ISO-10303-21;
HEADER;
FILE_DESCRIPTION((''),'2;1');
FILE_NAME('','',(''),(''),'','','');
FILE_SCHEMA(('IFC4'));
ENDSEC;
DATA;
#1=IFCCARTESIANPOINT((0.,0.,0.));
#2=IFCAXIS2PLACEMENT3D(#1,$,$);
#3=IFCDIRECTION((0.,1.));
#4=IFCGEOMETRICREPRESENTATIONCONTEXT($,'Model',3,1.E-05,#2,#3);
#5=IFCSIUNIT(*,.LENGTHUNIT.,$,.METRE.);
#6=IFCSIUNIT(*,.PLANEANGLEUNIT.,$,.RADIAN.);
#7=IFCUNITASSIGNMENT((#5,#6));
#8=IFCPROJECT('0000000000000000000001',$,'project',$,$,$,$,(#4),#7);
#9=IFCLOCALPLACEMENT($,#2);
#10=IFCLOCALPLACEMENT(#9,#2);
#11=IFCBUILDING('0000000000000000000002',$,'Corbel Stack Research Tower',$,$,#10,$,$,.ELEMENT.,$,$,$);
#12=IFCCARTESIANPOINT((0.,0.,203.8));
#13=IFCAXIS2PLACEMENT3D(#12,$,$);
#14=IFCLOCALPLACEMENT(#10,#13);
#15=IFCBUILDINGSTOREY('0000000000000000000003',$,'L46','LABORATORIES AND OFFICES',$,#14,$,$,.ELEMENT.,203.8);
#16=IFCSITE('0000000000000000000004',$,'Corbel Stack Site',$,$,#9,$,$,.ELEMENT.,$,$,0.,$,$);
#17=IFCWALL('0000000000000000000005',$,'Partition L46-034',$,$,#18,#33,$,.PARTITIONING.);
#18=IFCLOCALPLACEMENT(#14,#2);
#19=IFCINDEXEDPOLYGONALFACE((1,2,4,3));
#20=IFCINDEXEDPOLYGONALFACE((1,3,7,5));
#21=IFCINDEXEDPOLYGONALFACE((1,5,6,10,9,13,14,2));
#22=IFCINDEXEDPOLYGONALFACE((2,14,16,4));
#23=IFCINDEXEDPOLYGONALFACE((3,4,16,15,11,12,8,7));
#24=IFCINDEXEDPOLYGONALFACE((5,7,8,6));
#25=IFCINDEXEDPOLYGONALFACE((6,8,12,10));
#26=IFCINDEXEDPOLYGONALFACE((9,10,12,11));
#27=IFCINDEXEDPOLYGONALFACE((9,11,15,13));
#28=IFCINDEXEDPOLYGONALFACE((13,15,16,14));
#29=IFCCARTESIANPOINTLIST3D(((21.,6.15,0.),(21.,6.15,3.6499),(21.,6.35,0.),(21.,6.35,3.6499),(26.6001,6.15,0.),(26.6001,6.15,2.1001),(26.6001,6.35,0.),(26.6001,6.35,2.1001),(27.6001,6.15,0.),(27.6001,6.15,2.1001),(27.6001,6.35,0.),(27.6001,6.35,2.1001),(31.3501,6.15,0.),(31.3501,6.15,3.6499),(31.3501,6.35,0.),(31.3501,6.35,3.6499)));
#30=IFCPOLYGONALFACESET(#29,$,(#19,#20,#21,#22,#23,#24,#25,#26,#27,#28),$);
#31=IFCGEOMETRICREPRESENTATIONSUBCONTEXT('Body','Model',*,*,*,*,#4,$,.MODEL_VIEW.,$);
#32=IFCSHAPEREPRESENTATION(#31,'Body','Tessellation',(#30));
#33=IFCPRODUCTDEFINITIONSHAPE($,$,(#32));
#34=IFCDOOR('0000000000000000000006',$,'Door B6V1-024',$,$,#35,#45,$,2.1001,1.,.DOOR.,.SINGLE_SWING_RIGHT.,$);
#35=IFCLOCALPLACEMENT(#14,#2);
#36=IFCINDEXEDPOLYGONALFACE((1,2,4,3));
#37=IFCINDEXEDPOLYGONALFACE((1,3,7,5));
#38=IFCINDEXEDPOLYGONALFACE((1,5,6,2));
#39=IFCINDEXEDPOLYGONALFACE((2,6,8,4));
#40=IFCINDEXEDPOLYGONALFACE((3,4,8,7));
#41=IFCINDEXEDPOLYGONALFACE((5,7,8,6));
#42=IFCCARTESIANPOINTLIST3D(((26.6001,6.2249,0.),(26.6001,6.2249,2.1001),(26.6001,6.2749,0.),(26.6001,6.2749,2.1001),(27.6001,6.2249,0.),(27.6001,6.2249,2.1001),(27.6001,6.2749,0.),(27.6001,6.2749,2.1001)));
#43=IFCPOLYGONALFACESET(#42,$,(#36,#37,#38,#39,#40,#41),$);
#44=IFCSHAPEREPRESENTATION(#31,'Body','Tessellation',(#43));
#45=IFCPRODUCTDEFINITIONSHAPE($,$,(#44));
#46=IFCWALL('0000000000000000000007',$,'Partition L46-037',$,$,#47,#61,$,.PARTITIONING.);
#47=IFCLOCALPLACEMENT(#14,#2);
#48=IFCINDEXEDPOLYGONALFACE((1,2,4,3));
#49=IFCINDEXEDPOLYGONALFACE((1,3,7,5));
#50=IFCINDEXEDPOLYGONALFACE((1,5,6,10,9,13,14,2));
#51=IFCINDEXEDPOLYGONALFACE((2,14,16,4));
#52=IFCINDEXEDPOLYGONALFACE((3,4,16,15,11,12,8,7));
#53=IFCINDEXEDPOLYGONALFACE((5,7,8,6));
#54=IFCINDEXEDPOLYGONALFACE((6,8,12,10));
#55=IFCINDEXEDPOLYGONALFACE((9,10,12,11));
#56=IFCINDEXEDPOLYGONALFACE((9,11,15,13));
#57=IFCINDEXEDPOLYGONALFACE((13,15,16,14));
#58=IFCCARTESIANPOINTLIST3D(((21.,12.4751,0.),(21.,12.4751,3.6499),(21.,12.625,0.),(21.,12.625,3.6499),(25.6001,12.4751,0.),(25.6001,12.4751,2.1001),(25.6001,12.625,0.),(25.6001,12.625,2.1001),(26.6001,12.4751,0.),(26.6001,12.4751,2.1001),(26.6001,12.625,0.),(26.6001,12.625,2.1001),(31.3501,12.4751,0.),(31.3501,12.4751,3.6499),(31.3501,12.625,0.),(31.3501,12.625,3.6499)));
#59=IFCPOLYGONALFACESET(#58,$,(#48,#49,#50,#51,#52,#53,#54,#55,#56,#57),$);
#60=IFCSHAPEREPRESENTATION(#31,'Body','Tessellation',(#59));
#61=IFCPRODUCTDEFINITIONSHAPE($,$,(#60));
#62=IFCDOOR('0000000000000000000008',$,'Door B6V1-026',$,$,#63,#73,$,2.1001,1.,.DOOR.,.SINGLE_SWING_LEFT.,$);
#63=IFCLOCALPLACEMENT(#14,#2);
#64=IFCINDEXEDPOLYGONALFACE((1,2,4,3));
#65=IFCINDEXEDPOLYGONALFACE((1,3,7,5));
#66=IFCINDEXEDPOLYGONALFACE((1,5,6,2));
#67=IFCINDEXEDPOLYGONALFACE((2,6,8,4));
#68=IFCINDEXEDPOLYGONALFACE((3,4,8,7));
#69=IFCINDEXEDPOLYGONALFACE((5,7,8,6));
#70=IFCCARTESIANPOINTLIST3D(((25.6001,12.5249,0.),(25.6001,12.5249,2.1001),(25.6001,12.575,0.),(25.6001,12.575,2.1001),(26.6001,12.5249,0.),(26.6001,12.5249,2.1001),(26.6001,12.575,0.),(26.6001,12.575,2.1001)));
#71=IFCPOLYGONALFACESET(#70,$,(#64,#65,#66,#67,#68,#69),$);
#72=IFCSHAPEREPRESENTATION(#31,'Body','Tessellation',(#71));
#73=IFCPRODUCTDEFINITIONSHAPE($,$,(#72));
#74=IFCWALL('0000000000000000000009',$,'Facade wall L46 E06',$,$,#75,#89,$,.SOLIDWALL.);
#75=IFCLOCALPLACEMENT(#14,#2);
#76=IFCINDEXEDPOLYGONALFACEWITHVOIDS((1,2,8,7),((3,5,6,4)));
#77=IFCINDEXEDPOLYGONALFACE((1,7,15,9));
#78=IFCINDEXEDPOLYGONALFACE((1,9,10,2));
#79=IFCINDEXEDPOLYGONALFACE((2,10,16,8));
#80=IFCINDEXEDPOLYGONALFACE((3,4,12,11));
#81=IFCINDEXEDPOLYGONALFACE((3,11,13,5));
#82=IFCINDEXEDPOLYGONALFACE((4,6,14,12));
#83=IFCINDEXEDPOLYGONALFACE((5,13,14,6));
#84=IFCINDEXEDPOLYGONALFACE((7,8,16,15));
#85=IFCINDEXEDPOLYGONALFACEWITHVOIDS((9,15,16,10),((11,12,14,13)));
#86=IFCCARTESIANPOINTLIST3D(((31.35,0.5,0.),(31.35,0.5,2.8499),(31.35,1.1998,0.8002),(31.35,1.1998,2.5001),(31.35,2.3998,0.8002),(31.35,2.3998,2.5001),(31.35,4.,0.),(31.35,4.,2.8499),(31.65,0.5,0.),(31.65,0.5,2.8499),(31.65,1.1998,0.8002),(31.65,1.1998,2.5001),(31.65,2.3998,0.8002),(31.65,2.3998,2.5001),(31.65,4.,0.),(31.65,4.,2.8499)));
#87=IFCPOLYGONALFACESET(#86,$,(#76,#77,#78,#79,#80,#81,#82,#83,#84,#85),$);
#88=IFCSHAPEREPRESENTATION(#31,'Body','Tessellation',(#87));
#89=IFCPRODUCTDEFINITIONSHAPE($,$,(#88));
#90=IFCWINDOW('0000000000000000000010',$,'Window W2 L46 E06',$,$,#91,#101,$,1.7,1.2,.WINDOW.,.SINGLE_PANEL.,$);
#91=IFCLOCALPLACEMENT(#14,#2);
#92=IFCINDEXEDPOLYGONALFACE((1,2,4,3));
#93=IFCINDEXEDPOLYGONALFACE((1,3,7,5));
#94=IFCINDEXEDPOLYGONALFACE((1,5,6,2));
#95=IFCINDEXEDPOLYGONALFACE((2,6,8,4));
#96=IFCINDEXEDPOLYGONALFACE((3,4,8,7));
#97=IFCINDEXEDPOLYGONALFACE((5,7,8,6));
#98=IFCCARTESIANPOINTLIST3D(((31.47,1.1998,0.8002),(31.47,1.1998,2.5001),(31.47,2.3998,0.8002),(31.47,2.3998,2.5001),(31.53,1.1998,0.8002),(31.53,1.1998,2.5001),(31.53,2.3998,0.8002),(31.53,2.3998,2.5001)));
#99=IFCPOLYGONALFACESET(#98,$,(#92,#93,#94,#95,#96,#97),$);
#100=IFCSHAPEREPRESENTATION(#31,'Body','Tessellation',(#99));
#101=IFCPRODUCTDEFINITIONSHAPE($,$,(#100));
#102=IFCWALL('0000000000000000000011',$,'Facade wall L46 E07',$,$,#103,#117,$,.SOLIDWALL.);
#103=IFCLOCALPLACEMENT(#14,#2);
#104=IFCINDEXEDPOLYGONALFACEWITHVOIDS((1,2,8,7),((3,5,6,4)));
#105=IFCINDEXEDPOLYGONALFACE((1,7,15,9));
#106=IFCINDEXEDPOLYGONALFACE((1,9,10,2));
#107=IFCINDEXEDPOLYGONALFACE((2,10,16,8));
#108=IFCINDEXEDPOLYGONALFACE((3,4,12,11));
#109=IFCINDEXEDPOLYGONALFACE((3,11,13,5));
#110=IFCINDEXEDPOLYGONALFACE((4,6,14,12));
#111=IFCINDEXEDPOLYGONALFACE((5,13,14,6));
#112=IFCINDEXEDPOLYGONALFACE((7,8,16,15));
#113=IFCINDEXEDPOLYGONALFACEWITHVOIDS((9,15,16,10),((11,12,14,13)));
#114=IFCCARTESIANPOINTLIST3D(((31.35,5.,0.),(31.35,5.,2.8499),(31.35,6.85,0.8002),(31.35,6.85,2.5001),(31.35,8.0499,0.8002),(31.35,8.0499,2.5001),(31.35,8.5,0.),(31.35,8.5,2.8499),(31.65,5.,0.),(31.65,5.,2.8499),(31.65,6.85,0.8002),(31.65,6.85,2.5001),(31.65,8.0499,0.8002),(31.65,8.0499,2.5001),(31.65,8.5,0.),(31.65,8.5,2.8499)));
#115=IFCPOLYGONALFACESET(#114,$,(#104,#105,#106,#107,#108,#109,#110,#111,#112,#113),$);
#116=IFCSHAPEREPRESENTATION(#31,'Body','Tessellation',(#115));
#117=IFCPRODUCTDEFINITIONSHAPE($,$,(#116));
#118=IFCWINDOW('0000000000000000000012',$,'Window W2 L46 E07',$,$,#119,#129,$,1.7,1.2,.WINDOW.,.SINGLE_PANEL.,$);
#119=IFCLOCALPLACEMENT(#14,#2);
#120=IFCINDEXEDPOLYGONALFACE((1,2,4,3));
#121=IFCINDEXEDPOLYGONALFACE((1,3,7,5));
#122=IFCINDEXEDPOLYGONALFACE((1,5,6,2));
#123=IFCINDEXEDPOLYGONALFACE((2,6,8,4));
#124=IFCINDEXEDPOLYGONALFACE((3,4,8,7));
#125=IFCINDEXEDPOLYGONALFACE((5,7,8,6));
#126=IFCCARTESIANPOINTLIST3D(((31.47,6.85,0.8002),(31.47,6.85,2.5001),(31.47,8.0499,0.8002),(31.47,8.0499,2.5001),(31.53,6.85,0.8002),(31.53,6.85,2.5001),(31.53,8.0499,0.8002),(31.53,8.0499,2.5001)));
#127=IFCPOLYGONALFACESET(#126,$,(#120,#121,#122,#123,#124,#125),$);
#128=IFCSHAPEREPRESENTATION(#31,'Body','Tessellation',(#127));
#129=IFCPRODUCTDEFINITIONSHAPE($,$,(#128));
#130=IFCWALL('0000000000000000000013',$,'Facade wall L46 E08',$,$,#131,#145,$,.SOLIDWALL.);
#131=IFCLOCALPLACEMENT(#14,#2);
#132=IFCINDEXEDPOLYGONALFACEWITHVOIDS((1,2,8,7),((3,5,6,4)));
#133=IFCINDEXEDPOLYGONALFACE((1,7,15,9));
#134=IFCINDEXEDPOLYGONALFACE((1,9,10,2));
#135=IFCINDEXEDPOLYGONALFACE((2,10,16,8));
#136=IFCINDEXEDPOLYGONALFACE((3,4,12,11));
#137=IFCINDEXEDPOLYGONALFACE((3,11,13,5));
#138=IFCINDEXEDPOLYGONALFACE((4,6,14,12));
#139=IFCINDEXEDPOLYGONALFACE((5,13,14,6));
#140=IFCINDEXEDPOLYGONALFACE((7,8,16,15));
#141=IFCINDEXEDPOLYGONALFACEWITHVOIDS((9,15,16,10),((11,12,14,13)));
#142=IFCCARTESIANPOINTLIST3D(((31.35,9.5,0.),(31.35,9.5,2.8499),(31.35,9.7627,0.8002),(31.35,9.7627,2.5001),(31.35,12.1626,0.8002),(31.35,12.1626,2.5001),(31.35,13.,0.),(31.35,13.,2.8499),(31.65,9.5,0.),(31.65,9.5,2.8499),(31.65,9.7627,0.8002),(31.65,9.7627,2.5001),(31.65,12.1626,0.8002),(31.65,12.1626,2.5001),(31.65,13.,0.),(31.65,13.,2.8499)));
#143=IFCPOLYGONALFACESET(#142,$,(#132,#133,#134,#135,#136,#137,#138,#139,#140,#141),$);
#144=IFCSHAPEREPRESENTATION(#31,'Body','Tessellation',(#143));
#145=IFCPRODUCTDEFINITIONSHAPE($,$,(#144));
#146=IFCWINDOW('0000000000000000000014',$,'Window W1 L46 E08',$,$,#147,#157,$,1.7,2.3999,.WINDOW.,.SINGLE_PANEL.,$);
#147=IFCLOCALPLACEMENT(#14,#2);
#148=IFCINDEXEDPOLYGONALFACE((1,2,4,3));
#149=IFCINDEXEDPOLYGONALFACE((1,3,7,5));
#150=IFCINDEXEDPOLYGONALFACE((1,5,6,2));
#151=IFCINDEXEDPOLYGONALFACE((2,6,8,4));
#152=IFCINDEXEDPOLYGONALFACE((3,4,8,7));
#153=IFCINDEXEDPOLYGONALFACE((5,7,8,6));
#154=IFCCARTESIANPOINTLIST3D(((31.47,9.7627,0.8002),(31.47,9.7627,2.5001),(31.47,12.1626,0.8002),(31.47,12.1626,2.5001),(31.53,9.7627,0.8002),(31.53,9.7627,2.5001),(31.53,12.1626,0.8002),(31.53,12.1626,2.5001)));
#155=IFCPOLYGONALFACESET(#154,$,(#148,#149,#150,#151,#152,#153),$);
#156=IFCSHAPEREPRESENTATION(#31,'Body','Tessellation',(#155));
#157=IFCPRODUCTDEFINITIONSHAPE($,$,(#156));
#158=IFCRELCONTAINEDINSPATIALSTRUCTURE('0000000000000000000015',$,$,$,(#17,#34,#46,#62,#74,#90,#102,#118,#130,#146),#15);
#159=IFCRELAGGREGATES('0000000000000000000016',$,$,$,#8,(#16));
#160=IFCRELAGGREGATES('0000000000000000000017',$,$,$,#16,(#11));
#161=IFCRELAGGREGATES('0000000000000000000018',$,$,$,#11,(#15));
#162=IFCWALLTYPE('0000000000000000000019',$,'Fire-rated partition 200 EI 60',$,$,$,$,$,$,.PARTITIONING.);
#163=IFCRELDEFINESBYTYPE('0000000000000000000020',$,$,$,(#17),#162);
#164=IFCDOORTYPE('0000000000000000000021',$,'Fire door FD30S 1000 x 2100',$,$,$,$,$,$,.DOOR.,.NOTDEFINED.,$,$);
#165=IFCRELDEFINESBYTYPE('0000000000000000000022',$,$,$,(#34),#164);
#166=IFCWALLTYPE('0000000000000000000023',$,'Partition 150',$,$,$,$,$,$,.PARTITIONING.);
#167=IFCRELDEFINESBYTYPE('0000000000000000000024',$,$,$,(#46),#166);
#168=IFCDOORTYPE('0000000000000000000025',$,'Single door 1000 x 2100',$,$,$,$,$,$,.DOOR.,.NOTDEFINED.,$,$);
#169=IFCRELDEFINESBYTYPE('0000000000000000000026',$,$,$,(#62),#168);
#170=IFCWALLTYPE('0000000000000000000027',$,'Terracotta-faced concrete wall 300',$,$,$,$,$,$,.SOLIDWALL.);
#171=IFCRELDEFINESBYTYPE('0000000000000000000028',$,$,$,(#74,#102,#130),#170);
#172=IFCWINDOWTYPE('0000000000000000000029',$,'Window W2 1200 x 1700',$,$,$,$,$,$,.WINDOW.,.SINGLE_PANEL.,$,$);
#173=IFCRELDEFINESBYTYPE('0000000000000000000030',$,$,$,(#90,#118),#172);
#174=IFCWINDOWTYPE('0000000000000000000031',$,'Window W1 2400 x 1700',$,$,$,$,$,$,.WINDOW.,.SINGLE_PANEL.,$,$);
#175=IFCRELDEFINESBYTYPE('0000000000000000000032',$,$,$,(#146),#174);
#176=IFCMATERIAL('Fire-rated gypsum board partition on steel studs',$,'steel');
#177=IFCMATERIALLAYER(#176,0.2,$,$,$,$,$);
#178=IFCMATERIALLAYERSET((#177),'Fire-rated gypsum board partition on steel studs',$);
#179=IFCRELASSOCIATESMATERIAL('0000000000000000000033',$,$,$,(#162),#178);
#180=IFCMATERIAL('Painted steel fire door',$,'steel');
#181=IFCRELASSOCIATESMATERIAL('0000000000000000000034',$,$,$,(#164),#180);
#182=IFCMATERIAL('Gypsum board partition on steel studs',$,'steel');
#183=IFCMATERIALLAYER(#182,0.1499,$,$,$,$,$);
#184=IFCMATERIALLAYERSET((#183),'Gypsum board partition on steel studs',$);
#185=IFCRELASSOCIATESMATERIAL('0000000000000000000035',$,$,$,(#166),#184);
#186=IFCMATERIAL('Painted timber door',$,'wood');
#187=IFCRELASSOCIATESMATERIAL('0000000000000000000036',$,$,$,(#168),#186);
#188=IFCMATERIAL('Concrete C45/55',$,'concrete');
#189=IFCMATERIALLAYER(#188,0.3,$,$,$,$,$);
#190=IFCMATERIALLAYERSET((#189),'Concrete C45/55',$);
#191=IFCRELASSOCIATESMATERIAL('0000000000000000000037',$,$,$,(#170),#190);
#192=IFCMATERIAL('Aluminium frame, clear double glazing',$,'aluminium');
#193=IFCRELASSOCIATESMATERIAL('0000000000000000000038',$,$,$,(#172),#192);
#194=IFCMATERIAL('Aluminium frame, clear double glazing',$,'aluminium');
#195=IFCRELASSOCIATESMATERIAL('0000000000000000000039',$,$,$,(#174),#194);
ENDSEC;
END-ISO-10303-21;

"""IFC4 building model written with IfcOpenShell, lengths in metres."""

from ifc_helpers import new_model, si_unit, direction, frame, frame_2d, origin, place, context, subcontext, project, spatial, rectangle, extrude, material, layer, layer_set, type_object, element, fill, save


model = new_model("IFC4")

# Units and contexts
model_context = context("Model", 3, precision=1e-05, world=origin(), true_north=direction((0.0, 1.0)))
body_context = subcontext(model_context, "Body", "Model", "MODEL_VIEW")
ifc_project = project(units=[si_unit("LENGTHUNIT", "METRE"), si_unit("PLANEANGLEUNIT", "RADIAN")], contexts=[model_context])

# Site, building, storey
site_placement = place(None, origin())
site = spatial("IfcSite", under=ifc_project, at=site_placement, Name="Corbel Stack Site", CompositionType="ELEMENT", RefElevation=0.0)
building_placement = place(site_placement, origin())
building = spatial("IfcBuilding", under=site, at=building_placement, Name="Corbel Stack Research Tower", CompositionType="ELEMENT")
storey_placement = place(building_placement, frame((0.0, 0.0, 203.8)))
storey = spatial("IfcBuildingStorey", under=building, at=storey_placement, Name="L46", Description="LABORATORIES AND OFFICES", CompositionType="ELEMENT", Elevation=203.8)

# Shared definitions
ifc_material_1 = material(Name="Fire-rated gypsum board partition on steel studs", Category="steel")
ifc_layer_1 = layer(ifc_material_1, 0.2)
ifc_layer_set_1 = layer_set([ifc_layer_1], Name="Fire-rated gypsum board partition on steel studs")
wall_type_1 = type_object("IfcWallType", Name="Fire-rated partition 200 EI 60", PredefinedType="PARTITIONING", material=ifc_layer_set_1)

# Walls, openings, doors
ifc_material_2 = material(Name="Painted steel fire door", Category="steel")
door_type_1 = type_object("IfcDoorType", Name="Fire door FD30S 1000 x 2100", OperationType="NOTDEFINED", PredefinedType="DOOR", material=ifc_material_2)
wall_1_placement = place(storey_placement, frame((21.0, 6.25, 0.0), z_axis=(0.0, 0.0, 1.0), x_axis=(1.0, 0.0, 0.0)))
wall_1 = element("IfcWall", 1, at=wall_1_placement, inside=storey, type_object=wall_type_1, Name="Partition L46-034", PredefinedType="PARTITIONING", context=body_context, shape_type="SweptSolid", body=[
    extrude(rectangle(XDim=10.3501, YDim=0.2, at=frame_2d((5.175, 0.0))), origin(), (0.0, 0.0, 1.0), 3.6499),
])
opening_1_placement = place(wall_1_placement, frame((5.6001, 0.0, 0.0)))
opening_1 = element("IfcOpeningElement", 2, at=opening_1_placement, cuts=wall_1, PredefinedType="OPENING", context=body_context, shape_type="SweptSolid", body=[
    extrude(rectangle(XDim=1.0, YDim=2.1001, at=frame_2d((0.5, 1.05))), frame((0.0, 0.1099, 0.0), z_axis=(0.0, -1.0, 0.0), x_axis=(1.0, 0.0, 0.0)), (0.0, 0.0, 1.0), 0.22),
])
door_1_placement = place(opening_1_placement, origin())
door_1 = element("IfcDoor", 3, at=door_1_placement, inside=storey, type_object=door_type_1, Name="Door B6V1-024", OperationType="SINGLE_SWING_RIGHT", OverallHeight=2.1001, OverallWidth=1.0, PredefinedType="DOOR", context=body_context, shape_type="SweptSolid", body=[
    extrude(rectangle(XDim=1.0, YDim=2.1001, at=frame_2d((0.5, 1.05))), frame((0.0, 0.0249, 0.0), z_axis=(0.0, -1.0, 0.0), x_axis=(1.0, 0.0, 0.0)), (0.0, 0.0, 1.0), 0.05),
])
fill(opening_1, door_1)
ifc_material_3 = material(Name="Gypsum board partition on steel studs", Category="steel")
ifc_layer_2 = layer(ifc_material_3, 0.1499)
ifc_layer_set_2 = layer_set([ifc_layer_2], Name="Gypsum board partition on steel studs")
wall_type_2 = type_object("IfcWallType", Name="Partition 150", PredefinedType="PARTITIONING", material=ifc_layer_set_2)
wall_2_placement = place(storey_placement, frame((21.0, 12.55, 0.0), z_axis=(0.0, 0.0, 1.0), x_axis=(1.0, 0.0, 0.0)))
wall_2 = element("IfcWall", 4, at=wall_2_placement, inside=storey, type_object=wall_type_2, Name="Partition L46-037", PredefinedType="PARTITIONING", context=body_context, shape_type="SweptSolid", body=[
    extrude(rectangle(XDim=10.3501, YDim=0.1499, at=frame_2d((5.175, 0.0))), origin(), (0.0, 0.0, 1.0), 3.6499),
])
opening_2_placement = place(wall_2_placement, frame((4.6001, 0.0, 0.0)))
opening_2 = element("IfcOpeningElement", 5, at=opening_2_placement, cuts=wall_2, PredefinedType="OPENING", context=body_context, shape_type="SweptSolid", body=[
    extrude(rectangle(XDim=1.0, YDim=2.1001, at=frame_2d((0.5, 1.05))), frame((0.0, 0.085, 0.0), z_axis=(0.0, -1.0, 0.0), x_axis=(1.0, 0.0, 0.0)), (0.0, 0.0, 1.0), 0.1699),
])
ifc_material_4 = material(Name="Painted timber door", Category="wood")
door_type_2 = type_object("IfcDoorType", Name="Single door 1000 x 2100", OperationType="NOTDEFINED", PredefinedType="DOOR", material=ifc_material_4)
door_2_placement = place(opening_2_placement, origin())
door_2 = element("IfcDoor", 6, at=door_2_placement, inside=storey, type_object=door_type_2, Name="Door B6V1-026", OperationType="SINGLE_SWING_LEFT", OverallHeight=2.1001, OverallWidth=1.0, PredefinedType="DOOR", context=body_context, shape_type="SweptSolid", body=[
    extrude(rectangle(XDim=1.0, YDim=2.1001, at=frame_2d((0.5, 1.05))), frame((0.0, 0.0249, 0.0), z_axis=(0.0, -1.0, 0.0), x_axis=(1.0, 0.0, 0.0)), (0.0, 0.0, 1.0), 0.05),
])
fill(opening_2, door_2)

# Walls, openings, windows
ifc_material_5 = material(Name="Concrete C45/55", Category="concrete")
ifc_layer_3 = layer(ifc_material_5, 0.3)
ifc_layer_set_3 = layer_set([ifc_layer_3], Name="Concrete C45/55")
wall_type_3 = type_object("IfcWallType", Name="Terracotta-faced concrete wall 300", PredefinedType="SOLIDWALL", material=ifc_layer_set_3)
wall_3_placement = place(storey_placement, frame((31.5, 4.0, 0.0), z_axis=(0.0, 0.0, 1.0), x_axis=(0.0, -1.0, 0.0)))
wall_3 = element("IfcWall", 7, at=wall_3_placement, inside=storey, type_object=wall_type_3, Name="Facade wall L46 E06", PredefinedType="SOLIDWALL", context=body_context, shape_type="SweptSolid", body=[
    extrude(rectangle(XDim=3.5, YDim=0.3, at=frame_2d((1.75, 0.0))), origin(), (0.0, 0.0, 1.0), 2.8499),
])
opening_3_placement = place(wall_3_placement, frame((1.6001, 0.0, 0.8)))
opening_3 = element("IfcOpeningElement", 8, at=opening_3_placement, cuts=wall_3, PredefinedType="OPENING", context=body_context, shape_type="SweptSolid", body=[
    extrude(rectangle(XDim=1.2, YDim=1.7, at=frame_2d((0.6001, 0.8501))), frame((0.0, 0.1599, 0.0), z_axis=(0.0, -1.0, 0.0), x_axis=(1.0, 0.0, 0.0)), (0.0, 0.0, 1.0), 0.3201),
])
ifc_material_6 = material(Name="Aluminium frame, clear double glazing", Category="aluminium")
window_type_1 = type_object("IfcWindowType", Name="Window W2 1200 x 1700", PartitioningType="SINGLE_PANEL", PredefinedType="WINDOW", material=ifc_material_6)
window_1_placement = place(opening_3_placement, origin())
window_1 = element("IfcWindow", 9, at=window_1_placement, inside=storey, type_object=window_type_1, Name="Window W2 L46 E06", OverallHeight=1.7, OverallWidth=1.2, PartitioningType="SINGLE_PANEL", PredefinedType="WINDOW", context=body_context, shape_type="SweptSolid", body=[
    extrude(rectangle(XDim=1.2, YDim=1.7, at=frame_2d((0.6001, 0.8501))), frame((0.0, 0.03, 0.0), z_axis=(0.0, -1.0, 0.0), x_axis=(1.0, 0.0, 0.0)), (0.0, 0.0, 1.0), 0.0601),
])
fill(opening_3, window_1)
wall_4_placement = place(storey_placement, frame((31.5, 8.5, 0.0), z_axis=(0.0, 0.0, 1.0), x_axis=(0.0, -1.0, 0.0)))
wall_4 = element("IfcWall", 10, at=wall_4_placement, inside=storey, type_object=wall_type_3, Name="Facade wall L46 E07", PredefinedType="SOLIDWALL", context=body_context, shape_type="SweptSolid", body=[
    extrude(rectangle(XDim=3.5, YDim=0.3, at=frame_2d((1.75, 0.0))), origin(), (0.0, 0.0, 1.0), 2.8499),
])
opening_4_placement = place(wall_4_placement, frame((0.45, 0.0, 0.8)))
opening_4 = element("IfcOpeningElement", 11, at=opening_4_placement, cuts=wall_4, PredefinedType="OPENING", context=body_context, shape_type="SweptSolid", body=[
    extrude(rectangle(XDim=1.2, YDim=1.7, at=frame_2d((0.6001, 0.8501))), frame((0.0, 0.1599, 0.0), z_axis=(0.0, -1.0, 0.0), x_axis=(1.0, 0.0, 0.0)), (0.0, 0.0, 1.0), 0.3201),
])
window_2_placement = place(opening_4_placement, origin())
window_2 = element("IfcWindow", 12, at=window_2_placement, inside=storey, type_object=window_type_1, Name="Window W2 L46 E07", OverallHeight=1.7, OverallWidth=1.2, PartitioningType="SINGLE_PANEL", PredefinedType="WINDOW", context=body_context, shape_type="SweptSolid", body=[
    extrude(rectangle(XDim=1.2, YDim=1.7, at=frame_2d((0.6001, 0.8501))), frame((0.0, 0.03, 0.0), z_axis=(0.0, -1.0, 0.0), x_axis=(1.0, 0.0, 0.0)), (0.0, 0.0, 1.0), 0.0601),
])
fill(opening_4, window_2)
wall_5_placement = place(storey_placement, frame((31.5, 13.0, 0.0), z_axis=(0.0, 0.0, 1.0), x_axis=(0.0, -1.0, 0.0)))
wall_5 = element("IfcWall", 13, at=wall_5_placement, inside=storey, type_object=wall_type_3, Name="Facade wall L46 E08", PredefinedType="SOLIDWALL", context=body_context, shape_type="SweptSolid", body=[
    extrude(rectangle(XDim=3.5, YDim=0.3, at=frame_2d((1.75, 0.0))), origin(), (0.0, 0.0, 1.0), 2.8499),
])
opening_5_placement = place(wall_5_placement, frame((0.8374, 0.0, 0.8)))
opening_5 = element("IfcOpeningElement", 14, at=opening_5_placement, cuts=wall_5, PredefinedType="OPENING", context=body_context, shape_type="SweptSolid", body=[
    extrude(rectangle(XDim=2.3999, YDim=1.7, at=frame_2d((1.2, 0.8501))), frame((0.0, 0.1599, 0.0), z_axis=(0.0, -1.0, 0.0), x_axis=(1.0, 0.0, 0.0)), (0.0, 0.0, 1.0), 0.3201),
])
ifc_material_7 = material(Name="Aluminium frame, clear double glazing", Category="aluminium")
window_type_2 = type_object("IfcWindowType", Name="Window W1 2400 x 1700", PartitioningType="SINGLE_PANEL", PredefinedType="WINDOW", material=ifc_material_7)
window_3_placement = place(opening_5_placement, origin())
window_3 = element("IfcWindow", 15, at=window_3_placement, inside=storey, type_object=window_type_2, Name="Window W1 L46 E08", OverallHeight=1.7, OverallWidth=2.3999, PartitioningType="SINGLE_PANEL", PredefinedType="WINDOW", context=body_context, shape_type="SweptSolid", body=[
    extrude(rectangle(XDim=2.3999, YDim=1.7, at=frame_2d((1.2, 0.8501))), frame((0.0, 0.03, 0.0), z_axis=(0.0, -1.0, 0.0), x_axis=(1.0, 0.0, 0.0)), (0.0, 0.0, 1.0), 0.0601),
])
fill(opening_5, window_3)

save(model, "model.ifc")
